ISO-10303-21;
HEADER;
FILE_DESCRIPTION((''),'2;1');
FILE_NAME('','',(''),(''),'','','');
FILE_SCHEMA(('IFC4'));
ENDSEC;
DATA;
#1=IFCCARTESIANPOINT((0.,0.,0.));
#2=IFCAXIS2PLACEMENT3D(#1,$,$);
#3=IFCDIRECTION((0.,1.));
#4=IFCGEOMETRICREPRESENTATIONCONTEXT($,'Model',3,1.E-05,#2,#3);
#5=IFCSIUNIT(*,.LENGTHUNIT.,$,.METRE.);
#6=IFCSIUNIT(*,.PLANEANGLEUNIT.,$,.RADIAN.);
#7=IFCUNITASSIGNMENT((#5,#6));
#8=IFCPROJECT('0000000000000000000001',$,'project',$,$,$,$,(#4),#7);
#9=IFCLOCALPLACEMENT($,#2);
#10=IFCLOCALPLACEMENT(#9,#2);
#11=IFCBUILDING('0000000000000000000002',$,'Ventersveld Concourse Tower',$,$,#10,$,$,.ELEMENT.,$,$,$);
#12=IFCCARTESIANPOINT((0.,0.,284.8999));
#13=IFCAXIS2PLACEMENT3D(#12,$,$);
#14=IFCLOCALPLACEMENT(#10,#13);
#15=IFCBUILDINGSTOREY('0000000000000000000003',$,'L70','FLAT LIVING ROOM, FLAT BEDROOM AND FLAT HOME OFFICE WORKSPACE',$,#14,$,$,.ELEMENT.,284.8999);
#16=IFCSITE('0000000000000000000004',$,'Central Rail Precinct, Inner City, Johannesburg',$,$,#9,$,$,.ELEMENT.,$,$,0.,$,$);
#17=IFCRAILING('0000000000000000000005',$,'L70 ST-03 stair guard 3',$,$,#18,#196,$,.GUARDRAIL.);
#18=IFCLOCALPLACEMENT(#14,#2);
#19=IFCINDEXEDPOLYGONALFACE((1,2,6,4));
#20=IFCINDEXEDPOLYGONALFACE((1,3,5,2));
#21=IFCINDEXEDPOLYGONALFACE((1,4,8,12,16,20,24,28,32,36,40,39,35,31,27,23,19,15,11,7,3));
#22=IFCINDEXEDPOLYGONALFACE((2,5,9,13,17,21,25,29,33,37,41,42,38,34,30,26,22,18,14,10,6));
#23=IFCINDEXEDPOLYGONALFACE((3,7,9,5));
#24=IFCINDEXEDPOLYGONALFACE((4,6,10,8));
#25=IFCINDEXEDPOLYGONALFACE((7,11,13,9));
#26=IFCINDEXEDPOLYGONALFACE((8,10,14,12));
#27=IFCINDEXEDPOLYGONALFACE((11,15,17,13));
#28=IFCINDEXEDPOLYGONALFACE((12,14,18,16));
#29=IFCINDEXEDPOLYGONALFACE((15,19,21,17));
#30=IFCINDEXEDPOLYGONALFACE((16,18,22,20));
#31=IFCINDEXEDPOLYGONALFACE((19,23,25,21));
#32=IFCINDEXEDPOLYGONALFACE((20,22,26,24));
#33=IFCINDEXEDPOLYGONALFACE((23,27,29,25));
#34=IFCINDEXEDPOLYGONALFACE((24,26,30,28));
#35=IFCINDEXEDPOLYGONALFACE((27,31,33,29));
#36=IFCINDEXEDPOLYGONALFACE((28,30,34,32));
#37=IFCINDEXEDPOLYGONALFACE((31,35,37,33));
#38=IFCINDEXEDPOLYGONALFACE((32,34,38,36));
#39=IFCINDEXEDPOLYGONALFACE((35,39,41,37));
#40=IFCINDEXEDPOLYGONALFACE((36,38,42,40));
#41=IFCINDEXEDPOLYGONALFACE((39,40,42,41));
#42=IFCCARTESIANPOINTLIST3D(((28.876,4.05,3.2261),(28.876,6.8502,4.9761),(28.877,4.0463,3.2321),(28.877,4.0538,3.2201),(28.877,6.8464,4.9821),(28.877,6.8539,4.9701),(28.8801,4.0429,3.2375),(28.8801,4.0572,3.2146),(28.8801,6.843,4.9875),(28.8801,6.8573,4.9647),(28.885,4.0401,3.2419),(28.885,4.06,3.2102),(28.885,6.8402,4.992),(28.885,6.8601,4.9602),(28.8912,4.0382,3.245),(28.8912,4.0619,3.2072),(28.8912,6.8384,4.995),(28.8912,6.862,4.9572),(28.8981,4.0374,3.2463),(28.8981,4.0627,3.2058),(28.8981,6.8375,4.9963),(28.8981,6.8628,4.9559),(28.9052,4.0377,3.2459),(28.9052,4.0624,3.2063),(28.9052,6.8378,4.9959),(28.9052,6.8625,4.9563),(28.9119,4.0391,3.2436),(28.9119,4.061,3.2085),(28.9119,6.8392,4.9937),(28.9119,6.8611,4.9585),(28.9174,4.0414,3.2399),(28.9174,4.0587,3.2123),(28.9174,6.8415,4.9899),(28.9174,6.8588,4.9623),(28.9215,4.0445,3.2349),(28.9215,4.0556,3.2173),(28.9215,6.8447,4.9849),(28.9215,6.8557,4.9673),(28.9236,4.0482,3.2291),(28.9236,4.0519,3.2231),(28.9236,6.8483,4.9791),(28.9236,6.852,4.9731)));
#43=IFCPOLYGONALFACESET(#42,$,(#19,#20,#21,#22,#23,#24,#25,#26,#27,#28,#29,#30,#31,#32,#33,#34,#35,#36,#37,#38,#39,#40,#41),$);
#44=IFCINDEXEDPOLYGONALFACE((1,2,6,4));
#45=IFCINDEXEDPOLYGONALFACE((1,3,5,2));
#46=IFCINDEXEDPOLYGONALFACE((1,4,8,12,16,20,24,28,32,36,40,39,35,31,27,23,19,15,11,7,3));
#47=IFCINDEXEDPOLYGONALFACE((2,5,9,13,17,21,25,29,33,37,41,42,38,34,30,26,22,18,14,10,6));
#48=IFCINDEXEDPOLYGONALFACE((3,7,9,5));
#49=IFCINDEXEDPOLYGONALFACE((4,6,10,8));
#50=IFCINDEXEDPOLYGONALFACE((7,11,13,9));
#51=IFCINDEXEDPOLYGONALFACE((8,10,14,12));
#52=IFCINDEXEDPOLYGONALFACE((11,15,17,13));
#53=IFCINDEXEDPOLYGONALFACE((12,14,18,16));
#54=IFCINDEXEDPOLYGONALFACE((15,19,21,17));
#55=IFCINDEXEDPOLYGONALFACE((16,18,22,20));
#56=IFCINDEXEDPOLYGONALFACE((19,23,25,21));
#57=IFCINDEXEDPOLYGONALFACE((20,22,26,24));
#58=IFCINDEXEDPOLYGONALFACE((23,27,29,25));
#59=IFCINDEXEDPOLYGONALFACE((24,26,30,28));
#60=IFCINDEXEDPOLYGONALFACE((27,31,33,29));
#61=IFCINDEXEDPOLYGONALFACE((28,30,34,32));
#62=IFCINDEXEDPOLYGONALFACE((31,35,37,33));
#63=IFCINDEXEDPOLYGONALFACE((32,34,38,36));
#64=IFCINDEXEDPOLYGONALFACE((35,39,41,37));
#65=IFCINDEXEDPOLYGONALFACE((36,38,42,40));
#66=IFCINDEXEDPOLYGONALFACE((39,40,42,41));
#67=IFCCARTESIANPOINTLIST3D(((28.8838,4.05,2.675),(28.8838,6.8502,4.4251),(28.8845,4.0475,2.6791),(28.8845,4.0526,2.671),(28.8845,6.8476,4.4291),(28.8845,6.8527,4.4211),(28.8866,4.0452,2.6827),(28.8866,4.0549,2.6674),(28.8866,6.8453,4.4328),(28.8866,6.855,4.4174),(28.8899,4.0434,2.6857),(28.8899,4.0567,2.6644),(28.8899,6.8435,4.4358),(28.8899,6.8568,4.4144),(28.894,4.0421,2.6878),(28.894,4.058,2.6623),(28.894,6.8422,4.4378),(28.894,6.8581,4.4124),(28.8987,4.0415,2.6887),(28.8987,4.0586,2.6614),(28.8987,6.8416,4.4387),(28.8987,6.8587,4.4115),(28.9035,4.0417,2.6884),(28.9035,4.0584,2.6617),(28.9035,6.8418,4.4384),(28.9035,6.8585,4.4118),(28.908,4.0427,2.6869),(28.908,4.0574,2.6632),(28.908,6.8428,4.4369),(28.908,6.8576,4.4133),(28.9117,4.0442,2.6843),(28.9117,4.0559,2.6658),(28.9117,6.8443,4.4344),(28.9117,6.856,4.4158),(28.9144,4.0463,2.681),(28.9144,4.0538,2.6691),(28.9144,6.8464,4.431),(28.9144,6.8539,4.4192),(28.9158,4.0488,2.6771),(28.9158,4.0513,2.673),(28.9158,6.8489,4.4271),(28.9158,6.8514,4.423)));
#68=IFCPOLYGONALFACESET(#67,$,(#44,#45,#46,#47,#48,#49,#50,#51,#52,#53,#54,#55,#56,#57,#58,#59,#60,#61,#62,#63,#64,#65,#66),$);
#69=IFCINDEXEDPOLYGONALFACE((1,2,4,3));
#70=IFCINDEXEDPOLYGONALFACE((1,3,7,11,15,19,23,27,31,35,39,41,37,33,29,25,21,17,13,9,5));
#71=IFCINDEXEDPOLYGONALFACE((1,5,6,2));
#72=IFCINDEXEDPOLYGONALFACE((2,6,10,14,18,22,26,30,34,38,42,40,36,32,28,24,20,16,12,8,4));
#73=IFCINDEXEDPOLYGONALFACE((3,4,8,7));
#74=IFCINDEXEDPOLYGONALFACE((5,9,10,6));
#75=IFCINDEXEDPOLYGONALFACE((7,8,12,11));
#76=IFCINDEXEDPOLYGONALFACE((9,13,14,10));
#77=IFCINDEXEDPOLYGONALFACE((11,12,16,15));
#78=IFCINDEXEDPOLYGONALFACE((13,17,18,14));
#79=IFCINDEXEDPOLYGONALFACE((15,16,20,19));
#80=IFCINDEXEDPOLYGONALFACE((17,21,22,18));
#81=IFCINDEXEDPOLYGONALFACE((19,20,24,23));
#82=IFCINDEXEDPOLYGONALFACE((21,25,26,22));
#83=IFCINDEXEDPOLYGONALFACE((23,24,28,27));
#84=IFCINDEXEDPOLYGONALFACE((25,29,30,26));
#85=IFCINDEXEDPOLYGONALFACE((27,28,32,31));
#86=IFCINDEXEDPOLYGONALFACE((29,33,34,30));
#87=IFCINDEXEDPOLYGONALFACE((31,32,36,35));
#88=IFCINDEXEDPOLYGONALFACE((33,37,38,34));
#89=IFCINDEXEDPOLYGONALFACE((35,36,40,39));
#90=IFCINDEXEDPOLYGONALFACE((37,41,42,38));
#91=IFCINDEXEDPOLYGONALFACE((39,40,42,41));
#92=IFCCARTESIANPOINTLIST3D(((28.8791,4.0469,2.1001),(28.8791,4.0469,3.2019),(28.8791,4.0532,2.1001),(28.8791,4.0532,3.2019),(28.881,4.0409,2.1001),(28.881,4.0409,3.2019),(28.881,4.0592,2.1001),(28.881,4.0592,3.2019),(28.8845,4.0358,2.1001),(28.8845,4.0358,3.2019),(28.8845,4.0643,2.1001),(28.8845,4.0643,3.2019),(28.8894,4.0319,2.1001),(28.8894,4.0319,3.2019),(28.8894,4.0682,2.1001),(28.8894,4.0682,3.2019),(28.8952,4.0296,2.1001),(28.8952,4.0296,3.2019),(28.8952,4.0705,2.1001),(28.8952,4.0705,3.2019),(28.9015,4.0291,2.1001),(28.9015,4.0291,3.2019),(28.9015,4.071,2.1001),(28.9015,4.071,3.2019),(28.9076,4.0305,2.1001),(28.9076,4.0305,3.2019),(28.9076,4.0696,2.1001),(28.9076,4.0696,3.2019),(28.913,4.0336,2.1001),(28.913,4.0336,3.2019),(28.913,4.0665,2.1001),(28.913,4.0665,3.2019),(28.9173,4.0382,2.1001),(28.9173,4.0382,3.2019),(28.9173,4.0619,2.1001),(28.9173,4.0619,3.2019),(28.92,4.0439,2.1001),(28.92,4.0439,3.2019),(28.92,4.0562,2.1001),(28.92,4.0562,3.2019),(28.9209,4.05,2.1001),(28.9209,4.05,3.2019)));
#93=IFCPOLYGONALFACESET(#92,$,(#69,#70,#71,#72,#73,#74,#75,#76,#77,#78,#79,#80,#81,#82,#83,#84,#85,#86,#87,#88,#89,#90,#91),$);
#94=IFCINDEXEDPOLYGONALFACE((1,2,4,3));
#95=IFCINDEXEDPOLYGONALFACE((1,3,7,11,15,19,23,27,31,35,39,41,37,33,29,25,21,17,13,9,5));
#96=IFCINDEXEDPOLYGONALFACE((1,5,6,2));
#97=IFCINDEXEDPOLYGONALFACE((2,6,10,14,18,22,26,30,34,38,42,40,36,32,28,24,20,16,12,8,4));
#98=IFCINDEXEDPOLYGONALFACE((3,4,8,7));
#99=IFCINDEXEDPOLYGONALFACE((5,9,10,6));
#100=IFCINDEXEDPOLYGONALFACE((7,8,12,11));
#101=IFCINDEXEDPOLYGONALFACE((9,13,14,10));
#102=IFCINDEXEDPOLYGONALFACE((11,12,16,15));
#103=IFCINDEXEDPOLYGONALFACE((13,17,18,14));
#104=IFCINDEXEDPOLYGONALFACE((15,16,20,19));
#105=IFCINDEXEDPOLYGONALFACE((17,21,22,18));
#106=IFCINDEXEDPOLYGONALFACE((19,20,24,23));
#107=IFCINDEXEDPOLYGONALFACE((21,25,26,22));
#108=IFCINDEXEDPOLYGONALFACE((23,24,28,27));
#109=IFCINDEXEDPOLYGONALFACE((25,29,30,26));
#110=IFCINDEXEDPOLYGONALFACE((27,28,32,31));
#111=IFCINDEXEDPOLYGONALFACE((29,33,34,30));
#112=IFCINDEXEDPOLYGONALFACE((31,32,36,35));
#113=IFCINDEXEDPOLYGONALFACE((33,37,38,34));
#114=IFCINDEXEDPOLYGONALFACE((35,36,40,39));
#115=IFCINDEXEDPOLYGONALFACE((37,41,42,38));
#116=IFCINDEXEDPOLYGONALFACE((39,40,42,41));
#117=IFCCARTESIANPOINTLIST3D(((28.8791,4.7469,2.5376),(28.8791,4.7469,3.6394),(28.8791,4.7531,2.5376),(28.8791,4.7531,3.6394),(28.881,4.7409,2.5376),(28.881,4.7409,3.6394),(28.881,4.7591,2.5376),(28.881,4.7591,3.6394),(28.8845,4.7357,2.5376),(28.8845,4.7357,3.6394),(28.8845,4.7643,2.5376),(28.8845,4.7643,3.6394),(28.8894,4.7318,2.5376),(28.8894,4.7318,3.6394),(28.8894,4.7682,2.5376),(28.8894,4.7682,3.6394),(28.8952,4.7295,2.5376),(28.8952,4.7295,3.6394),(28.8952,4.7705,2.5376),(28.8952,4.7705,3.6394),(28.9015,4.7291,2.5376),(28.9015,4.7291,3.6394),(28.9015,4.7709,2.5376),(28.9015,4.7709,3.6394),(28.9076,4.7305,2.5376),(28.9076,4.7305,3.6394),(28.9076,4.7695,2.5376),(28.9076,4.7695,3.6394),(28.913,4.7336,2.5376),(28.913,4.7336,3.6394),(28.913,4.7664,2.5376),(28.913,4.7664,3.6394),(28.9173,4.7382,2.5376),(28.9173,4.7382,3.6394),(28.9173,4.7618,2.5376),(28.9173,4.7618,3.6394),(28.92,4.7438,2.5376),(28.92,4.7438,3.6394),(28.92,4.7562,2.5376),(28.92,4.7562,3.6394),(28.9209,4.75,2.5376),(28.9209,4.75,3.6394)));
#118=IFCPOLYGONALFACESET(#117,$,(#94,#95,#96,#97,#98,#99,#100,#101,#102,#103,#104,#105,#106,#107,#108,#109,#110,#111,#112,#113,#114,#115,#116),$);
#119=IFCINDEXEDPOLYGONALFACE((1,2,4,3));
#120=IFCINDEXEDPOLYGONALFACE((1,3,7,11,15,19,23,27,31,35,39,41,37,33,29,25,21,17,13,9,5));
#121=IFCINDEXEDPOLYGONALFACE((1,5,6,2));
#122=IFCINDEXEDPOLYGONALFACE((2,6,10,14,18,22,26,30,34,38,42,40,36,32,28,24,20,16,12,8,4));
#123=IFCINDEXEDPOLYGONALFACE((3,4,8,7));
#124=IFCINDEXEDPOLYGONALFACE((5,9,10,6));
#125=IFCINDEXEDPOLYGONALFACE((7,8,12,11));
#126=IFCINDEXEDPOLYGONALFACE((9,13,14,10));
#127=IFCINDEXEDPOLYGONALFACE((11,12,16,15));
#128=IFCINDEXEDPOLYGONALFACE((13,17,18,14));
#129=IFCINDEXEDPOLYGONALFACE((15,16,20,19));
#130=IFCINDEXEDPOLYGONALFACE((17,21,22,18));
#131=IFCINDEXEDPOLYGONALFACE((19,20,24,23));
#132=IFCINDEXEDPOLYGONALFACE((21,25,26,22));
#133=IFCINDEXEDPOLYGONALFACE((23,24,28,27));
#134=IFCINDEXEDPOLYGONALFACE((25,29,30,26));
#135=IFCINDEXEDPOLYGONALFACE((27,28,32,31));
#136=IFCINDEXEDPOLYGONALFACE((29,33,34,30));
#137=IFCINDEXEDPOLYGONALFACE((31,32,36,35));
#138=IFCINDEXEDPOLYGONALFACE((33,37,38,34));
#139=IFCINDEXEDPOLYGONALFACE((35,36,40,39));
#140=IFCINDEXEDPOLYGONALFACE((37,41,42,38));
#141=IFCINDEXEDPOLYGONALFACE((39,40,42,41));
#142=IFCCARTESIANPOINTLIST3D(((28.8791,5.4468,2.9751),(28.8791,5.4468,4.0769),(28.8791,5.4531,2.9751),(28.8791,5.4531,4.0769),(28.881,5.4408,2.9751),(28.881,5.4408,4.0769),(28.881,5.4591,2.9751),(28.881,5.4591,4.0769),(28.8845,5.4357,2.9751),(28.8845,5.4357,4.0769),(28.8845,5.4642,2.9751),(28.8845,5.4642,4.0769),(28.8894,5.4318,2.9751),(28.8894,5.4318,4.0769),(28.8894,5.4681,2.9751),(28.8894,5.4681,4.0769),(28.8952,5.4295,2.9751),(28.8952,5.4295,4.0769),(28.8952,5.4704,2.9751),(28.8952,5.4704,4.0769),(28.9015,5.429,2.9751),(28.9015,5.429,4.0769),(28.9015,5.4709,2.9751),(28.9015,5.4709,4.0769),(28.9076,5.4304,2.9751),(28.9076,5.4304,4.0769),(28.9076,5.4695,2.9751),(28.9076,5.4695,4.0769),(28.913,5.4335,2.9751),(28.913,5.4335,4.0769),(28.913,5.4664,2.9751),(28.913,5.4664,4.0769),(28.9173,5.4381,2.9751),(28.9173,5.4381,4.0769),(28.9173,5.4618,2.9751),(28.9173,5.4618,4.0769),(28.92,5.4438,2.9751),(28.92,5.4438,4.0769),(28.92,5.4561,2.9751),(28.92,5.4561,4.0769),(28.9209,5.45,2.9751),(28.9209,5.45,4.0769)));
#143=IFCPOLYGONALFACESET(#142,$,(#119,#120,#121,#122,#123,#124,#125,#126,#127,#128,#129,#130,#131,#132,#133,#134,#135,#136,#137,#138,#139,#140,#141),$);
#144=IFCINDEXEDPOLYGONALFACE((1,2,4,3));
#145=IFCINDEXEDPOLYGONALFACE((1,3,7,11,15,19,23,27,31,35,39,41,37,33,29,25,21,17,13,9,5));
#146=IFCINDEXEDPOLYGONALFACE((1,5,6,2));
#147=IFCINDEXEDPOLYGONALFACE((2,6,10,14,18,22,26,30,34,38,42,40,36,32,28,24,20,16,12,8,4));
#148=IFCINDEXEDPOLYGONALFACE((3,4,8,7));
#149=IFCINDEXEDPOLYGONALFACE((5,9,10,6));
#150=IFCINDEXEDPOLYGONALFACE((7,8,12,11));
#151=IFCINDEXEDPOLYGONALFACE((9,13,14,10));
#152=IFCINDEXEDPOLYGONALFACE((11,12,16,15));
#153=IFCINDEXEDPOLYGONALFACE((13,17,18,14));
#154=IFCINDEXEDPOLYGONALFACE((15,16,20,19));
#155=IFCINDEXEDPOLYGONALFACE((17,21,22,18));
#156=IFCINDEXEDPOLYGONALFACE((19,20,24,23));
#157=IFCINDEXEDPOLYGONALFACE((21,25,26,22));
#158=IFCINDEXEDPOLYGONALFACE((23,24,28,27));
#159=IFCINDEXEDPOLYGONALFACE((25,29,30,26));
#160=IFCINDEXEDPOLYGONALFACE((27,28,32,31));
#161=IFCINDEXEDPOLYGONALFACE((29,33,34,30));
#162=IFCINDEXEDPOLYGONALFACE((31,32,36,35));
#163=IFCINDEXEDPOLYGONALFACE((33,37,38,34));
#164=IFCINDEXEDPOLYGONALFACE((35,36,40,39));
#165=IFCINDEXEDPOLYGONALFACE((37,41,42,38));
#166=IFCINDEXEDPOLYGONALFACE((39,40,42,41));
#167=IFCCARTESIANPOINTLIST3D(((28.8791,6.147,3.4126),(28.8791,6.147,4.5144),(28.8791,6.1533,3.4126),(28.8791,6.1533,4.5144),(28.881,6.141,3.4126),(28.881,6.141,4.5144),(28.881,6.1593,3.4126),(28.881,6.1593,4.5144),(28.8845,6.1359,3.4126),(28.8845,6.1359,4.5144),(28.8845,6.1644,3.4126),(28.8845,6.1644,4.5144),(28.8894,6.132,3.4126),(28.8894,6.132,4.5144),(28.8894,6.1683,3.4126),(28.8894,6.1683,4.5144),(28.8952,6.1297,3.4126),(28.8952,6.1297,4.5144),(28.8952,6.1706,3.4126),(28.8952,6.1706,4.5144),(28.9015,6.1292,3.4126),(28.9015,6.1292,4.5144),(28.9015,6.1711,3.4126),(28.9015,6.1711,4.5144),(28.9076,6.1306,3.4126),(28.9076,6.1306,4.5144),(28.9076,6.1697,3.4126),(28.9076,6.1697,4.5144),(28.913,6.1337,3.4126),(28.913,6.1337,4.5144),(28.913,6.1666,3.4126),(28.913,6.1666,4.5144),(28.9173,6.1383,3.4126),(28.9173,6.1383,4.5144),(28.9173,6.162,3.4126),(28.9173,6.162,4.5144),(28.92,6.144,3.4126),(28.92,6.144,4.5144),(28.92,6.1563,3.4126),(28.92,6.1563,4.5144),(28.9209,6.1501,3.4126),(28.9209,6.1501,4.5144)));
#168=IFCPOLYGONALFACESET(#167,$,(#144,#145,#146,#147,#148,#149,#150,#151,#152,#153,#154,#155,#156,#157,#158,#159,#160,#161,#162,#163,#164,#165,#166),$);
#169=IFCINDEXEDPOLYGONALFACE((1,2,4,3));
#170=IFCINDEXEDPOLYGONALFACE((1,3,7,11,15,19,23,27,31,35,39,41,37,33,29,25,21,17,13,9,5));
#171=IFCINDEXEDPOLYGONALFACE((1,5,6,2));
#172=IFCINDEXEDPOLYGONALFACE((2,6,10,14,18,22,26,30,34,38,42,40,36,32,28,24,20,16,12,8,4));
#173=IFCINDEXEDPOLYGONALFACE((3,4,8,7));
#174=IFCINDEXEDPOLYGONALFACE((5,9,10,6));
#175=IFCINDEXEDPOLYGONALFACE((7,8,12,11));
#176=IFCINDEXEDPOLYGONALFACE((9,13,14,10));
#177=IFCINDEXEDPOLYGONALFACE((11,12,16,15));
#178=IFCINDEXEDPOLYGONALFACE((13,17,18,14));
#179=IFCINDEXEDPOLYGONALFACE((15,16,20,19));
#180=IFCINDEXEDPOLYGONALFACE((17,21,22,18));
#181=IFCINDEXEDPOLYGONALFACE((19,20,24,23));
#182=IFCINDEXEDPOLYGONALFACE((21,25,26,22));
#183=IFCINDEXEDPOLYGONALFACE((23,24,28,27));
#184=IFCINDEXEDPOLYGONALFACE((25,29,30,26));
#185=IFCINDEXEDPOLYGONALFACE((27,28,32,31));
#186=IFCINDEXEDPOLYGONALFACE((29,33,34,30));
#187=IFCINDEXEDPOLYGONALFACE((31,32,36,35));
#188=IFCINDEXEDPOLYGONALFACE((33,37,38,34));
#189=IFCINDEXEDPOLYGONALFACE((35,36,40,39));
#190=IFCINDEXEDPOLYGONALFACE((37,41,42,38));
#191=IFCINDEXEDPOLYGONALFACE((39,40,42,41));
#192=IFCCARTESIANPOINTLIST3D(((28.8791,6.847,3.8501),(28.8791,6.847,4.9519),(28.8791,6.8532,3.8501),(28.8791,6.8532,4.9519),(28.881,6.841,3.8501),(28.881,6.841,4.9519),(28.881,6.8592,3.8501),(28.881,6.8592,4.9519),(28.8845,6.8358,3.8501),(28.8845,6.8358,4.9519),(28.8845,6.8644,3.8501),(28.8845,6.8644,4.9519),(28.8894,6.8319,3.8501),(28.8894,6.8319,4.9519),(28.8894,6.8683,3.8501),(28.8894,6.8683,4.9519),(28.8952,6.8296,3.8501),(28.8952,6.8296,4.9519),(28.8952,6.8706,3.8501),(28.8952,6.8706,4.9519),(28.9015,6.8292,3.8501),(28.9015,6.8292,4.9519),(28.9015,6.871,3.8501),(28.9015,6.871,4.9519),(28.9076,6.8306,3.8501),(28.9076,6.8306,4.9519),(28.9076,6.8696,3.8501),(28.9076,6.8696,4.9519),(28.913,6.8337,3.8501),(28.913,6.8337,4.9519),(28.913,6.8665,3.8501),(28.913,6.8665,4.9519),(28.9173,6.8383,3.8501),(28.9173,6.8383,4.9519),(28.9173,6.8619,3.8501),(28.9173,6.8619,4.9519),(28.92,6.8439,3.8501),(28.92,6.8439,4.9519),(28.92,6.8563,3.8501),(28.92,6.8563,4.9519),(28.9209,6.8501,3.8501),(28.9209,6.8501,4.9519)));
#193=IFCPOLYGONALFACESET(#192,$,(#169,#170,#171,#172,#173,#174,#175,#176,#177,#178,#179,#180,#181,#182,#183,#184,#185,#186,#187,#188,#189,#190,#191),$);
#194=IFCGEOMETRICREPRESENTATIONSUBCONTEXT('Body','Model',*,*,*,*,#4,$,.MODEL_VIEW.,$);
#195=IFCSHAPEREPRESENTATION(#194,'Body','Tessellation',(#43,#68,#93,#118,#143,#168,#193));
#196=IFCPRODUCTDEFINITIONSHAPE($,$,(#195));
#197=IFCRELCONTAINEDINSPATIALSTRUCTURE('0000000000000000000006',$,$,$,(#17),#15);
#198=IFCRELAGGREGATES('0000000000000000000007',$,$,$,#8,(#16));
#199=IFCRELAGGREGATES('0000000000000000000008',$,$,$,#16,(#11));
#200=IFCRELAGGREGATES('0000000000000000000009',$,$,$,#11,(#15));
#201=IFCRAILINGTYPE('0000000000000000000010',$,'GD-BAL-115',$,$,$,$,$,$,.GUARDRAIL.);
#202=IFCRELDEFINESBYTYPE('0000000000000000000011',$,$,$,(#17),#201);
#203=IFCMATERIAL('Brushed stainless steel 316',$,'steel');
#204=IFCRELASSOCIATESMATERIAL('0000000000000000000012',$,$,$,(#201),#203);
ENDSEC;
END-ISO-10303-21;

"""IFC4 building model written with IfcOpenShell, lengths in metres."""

from ifc_helpers import new_model, si_unit, direction, frame, origin, origin_2d, place, context, subcontext, project, spatial, circle, extrude, material, type_object, element, save


model = new_model("IFC4")

# Units and contexts
model_context = context("Model", 3, precision=1e-05, world=origin(), true_north=direction((0.0, 1.0)))
body_context = subcontext(model_context, "Body", "Model", "MODEL_VIEW")
ifc_project = project(units=[si_unit("LENGTHUNIT", "METRE"), si_unit("PLANEANGLEUNIT", "RADIAN")], contexts=[model_context])

# Site, building, storey
site_placement = place(None, origin())
site = spatial("IfcSite", under=ifc_project, at=site_placement, Name="Central Rail Precinct, Inner City, Johannesburg", CompositionType="ELEMENT", RefElevation=0.0)
building_placement = place(site_placement, origin())
building = spatial("IfcBuilding", under=site, at=building_placement, Name="Ventersveld Concourse Tower", CompositionType="ELEMENT")
storey_placement = place(building_placement, frame((0.0, 0.0, 284.8999)))
storey = spatial("IfcBuildingStorey", under=building, at=storey_placement, Name="L70", Description="FLAT LIVING ROOM, FLAT BEDROOM AND FLAT HOME OFFICE WORKSPACE", CompositionType="ELEMENT", Elevation=284.8999)

# Shared definitions
ifc_material_1 = material(Name="Brushed stainless steel 316", Category="steel")

# Railing
railing_type_1 = type_object("IfcRailingType", Name="GD-BAL-115", PredefinedType="GUARDRAIL", material=ifc_material_1)
railing_1_placement = place(storey_placement, frame((28.8999, 4.05, 2.1001)))
element("IfcRailing", 1, at=railing_1_placement, inside=storey, type_object=railing_type_1, Name="L70 ST-03 stair guard 3", PredefinedType="GUARDRAIL", context=body_context, shape_type="SweptSolid", body=[
    extrude(circle(Radius=0.0239, at=origin_2d()), frame((0.0, 0.0, 1.126), z_axis=(0.0, 0.848002, 0.529992), x_axis=(-1.0, 0.0, 0.0)), (0.0, 0.0, 1.0), 3.302),
    extrude(circle(Radius=0.0161, at=origin_2d()), frame((0.0, 0.0, 0.575), z_axis=(0.0, 0.848002, 0.529992), x_axis=(-1.0, 0.0, 0.0)), (0.0, 0.0, 1.0), 3.302),
    extrude(circle(Radius=0.021, at=origin_2d()), origin(), (0.0, 0.0, 1.0), 1.1018),
    extrude(circle(Radius=0.021, at=origin_2d()), frame((0.0, 0.7, 0.4375)), (0.0, 0.0, 1.0), 1.1018),
    extrude(circle(Radius=0.021, at=origin_2d()), frame((0.0, 1.3999, 0.875)), (0.0, 0.0, 1.0), 1.1018),
    extrude(circle(Radius=0.021, at=origin_2d()), frame((0.0, 2.1001, 1.3125)), (0.0, 0.0, 1.0), 1.1018),
    extrude(circle(Radius=0.021, at=origin_2d()), frame((0.0, 2.8, 1.75)), (0.0, 0.0, 1.0), 1.1018),
])

save(model, "model.ifc")
